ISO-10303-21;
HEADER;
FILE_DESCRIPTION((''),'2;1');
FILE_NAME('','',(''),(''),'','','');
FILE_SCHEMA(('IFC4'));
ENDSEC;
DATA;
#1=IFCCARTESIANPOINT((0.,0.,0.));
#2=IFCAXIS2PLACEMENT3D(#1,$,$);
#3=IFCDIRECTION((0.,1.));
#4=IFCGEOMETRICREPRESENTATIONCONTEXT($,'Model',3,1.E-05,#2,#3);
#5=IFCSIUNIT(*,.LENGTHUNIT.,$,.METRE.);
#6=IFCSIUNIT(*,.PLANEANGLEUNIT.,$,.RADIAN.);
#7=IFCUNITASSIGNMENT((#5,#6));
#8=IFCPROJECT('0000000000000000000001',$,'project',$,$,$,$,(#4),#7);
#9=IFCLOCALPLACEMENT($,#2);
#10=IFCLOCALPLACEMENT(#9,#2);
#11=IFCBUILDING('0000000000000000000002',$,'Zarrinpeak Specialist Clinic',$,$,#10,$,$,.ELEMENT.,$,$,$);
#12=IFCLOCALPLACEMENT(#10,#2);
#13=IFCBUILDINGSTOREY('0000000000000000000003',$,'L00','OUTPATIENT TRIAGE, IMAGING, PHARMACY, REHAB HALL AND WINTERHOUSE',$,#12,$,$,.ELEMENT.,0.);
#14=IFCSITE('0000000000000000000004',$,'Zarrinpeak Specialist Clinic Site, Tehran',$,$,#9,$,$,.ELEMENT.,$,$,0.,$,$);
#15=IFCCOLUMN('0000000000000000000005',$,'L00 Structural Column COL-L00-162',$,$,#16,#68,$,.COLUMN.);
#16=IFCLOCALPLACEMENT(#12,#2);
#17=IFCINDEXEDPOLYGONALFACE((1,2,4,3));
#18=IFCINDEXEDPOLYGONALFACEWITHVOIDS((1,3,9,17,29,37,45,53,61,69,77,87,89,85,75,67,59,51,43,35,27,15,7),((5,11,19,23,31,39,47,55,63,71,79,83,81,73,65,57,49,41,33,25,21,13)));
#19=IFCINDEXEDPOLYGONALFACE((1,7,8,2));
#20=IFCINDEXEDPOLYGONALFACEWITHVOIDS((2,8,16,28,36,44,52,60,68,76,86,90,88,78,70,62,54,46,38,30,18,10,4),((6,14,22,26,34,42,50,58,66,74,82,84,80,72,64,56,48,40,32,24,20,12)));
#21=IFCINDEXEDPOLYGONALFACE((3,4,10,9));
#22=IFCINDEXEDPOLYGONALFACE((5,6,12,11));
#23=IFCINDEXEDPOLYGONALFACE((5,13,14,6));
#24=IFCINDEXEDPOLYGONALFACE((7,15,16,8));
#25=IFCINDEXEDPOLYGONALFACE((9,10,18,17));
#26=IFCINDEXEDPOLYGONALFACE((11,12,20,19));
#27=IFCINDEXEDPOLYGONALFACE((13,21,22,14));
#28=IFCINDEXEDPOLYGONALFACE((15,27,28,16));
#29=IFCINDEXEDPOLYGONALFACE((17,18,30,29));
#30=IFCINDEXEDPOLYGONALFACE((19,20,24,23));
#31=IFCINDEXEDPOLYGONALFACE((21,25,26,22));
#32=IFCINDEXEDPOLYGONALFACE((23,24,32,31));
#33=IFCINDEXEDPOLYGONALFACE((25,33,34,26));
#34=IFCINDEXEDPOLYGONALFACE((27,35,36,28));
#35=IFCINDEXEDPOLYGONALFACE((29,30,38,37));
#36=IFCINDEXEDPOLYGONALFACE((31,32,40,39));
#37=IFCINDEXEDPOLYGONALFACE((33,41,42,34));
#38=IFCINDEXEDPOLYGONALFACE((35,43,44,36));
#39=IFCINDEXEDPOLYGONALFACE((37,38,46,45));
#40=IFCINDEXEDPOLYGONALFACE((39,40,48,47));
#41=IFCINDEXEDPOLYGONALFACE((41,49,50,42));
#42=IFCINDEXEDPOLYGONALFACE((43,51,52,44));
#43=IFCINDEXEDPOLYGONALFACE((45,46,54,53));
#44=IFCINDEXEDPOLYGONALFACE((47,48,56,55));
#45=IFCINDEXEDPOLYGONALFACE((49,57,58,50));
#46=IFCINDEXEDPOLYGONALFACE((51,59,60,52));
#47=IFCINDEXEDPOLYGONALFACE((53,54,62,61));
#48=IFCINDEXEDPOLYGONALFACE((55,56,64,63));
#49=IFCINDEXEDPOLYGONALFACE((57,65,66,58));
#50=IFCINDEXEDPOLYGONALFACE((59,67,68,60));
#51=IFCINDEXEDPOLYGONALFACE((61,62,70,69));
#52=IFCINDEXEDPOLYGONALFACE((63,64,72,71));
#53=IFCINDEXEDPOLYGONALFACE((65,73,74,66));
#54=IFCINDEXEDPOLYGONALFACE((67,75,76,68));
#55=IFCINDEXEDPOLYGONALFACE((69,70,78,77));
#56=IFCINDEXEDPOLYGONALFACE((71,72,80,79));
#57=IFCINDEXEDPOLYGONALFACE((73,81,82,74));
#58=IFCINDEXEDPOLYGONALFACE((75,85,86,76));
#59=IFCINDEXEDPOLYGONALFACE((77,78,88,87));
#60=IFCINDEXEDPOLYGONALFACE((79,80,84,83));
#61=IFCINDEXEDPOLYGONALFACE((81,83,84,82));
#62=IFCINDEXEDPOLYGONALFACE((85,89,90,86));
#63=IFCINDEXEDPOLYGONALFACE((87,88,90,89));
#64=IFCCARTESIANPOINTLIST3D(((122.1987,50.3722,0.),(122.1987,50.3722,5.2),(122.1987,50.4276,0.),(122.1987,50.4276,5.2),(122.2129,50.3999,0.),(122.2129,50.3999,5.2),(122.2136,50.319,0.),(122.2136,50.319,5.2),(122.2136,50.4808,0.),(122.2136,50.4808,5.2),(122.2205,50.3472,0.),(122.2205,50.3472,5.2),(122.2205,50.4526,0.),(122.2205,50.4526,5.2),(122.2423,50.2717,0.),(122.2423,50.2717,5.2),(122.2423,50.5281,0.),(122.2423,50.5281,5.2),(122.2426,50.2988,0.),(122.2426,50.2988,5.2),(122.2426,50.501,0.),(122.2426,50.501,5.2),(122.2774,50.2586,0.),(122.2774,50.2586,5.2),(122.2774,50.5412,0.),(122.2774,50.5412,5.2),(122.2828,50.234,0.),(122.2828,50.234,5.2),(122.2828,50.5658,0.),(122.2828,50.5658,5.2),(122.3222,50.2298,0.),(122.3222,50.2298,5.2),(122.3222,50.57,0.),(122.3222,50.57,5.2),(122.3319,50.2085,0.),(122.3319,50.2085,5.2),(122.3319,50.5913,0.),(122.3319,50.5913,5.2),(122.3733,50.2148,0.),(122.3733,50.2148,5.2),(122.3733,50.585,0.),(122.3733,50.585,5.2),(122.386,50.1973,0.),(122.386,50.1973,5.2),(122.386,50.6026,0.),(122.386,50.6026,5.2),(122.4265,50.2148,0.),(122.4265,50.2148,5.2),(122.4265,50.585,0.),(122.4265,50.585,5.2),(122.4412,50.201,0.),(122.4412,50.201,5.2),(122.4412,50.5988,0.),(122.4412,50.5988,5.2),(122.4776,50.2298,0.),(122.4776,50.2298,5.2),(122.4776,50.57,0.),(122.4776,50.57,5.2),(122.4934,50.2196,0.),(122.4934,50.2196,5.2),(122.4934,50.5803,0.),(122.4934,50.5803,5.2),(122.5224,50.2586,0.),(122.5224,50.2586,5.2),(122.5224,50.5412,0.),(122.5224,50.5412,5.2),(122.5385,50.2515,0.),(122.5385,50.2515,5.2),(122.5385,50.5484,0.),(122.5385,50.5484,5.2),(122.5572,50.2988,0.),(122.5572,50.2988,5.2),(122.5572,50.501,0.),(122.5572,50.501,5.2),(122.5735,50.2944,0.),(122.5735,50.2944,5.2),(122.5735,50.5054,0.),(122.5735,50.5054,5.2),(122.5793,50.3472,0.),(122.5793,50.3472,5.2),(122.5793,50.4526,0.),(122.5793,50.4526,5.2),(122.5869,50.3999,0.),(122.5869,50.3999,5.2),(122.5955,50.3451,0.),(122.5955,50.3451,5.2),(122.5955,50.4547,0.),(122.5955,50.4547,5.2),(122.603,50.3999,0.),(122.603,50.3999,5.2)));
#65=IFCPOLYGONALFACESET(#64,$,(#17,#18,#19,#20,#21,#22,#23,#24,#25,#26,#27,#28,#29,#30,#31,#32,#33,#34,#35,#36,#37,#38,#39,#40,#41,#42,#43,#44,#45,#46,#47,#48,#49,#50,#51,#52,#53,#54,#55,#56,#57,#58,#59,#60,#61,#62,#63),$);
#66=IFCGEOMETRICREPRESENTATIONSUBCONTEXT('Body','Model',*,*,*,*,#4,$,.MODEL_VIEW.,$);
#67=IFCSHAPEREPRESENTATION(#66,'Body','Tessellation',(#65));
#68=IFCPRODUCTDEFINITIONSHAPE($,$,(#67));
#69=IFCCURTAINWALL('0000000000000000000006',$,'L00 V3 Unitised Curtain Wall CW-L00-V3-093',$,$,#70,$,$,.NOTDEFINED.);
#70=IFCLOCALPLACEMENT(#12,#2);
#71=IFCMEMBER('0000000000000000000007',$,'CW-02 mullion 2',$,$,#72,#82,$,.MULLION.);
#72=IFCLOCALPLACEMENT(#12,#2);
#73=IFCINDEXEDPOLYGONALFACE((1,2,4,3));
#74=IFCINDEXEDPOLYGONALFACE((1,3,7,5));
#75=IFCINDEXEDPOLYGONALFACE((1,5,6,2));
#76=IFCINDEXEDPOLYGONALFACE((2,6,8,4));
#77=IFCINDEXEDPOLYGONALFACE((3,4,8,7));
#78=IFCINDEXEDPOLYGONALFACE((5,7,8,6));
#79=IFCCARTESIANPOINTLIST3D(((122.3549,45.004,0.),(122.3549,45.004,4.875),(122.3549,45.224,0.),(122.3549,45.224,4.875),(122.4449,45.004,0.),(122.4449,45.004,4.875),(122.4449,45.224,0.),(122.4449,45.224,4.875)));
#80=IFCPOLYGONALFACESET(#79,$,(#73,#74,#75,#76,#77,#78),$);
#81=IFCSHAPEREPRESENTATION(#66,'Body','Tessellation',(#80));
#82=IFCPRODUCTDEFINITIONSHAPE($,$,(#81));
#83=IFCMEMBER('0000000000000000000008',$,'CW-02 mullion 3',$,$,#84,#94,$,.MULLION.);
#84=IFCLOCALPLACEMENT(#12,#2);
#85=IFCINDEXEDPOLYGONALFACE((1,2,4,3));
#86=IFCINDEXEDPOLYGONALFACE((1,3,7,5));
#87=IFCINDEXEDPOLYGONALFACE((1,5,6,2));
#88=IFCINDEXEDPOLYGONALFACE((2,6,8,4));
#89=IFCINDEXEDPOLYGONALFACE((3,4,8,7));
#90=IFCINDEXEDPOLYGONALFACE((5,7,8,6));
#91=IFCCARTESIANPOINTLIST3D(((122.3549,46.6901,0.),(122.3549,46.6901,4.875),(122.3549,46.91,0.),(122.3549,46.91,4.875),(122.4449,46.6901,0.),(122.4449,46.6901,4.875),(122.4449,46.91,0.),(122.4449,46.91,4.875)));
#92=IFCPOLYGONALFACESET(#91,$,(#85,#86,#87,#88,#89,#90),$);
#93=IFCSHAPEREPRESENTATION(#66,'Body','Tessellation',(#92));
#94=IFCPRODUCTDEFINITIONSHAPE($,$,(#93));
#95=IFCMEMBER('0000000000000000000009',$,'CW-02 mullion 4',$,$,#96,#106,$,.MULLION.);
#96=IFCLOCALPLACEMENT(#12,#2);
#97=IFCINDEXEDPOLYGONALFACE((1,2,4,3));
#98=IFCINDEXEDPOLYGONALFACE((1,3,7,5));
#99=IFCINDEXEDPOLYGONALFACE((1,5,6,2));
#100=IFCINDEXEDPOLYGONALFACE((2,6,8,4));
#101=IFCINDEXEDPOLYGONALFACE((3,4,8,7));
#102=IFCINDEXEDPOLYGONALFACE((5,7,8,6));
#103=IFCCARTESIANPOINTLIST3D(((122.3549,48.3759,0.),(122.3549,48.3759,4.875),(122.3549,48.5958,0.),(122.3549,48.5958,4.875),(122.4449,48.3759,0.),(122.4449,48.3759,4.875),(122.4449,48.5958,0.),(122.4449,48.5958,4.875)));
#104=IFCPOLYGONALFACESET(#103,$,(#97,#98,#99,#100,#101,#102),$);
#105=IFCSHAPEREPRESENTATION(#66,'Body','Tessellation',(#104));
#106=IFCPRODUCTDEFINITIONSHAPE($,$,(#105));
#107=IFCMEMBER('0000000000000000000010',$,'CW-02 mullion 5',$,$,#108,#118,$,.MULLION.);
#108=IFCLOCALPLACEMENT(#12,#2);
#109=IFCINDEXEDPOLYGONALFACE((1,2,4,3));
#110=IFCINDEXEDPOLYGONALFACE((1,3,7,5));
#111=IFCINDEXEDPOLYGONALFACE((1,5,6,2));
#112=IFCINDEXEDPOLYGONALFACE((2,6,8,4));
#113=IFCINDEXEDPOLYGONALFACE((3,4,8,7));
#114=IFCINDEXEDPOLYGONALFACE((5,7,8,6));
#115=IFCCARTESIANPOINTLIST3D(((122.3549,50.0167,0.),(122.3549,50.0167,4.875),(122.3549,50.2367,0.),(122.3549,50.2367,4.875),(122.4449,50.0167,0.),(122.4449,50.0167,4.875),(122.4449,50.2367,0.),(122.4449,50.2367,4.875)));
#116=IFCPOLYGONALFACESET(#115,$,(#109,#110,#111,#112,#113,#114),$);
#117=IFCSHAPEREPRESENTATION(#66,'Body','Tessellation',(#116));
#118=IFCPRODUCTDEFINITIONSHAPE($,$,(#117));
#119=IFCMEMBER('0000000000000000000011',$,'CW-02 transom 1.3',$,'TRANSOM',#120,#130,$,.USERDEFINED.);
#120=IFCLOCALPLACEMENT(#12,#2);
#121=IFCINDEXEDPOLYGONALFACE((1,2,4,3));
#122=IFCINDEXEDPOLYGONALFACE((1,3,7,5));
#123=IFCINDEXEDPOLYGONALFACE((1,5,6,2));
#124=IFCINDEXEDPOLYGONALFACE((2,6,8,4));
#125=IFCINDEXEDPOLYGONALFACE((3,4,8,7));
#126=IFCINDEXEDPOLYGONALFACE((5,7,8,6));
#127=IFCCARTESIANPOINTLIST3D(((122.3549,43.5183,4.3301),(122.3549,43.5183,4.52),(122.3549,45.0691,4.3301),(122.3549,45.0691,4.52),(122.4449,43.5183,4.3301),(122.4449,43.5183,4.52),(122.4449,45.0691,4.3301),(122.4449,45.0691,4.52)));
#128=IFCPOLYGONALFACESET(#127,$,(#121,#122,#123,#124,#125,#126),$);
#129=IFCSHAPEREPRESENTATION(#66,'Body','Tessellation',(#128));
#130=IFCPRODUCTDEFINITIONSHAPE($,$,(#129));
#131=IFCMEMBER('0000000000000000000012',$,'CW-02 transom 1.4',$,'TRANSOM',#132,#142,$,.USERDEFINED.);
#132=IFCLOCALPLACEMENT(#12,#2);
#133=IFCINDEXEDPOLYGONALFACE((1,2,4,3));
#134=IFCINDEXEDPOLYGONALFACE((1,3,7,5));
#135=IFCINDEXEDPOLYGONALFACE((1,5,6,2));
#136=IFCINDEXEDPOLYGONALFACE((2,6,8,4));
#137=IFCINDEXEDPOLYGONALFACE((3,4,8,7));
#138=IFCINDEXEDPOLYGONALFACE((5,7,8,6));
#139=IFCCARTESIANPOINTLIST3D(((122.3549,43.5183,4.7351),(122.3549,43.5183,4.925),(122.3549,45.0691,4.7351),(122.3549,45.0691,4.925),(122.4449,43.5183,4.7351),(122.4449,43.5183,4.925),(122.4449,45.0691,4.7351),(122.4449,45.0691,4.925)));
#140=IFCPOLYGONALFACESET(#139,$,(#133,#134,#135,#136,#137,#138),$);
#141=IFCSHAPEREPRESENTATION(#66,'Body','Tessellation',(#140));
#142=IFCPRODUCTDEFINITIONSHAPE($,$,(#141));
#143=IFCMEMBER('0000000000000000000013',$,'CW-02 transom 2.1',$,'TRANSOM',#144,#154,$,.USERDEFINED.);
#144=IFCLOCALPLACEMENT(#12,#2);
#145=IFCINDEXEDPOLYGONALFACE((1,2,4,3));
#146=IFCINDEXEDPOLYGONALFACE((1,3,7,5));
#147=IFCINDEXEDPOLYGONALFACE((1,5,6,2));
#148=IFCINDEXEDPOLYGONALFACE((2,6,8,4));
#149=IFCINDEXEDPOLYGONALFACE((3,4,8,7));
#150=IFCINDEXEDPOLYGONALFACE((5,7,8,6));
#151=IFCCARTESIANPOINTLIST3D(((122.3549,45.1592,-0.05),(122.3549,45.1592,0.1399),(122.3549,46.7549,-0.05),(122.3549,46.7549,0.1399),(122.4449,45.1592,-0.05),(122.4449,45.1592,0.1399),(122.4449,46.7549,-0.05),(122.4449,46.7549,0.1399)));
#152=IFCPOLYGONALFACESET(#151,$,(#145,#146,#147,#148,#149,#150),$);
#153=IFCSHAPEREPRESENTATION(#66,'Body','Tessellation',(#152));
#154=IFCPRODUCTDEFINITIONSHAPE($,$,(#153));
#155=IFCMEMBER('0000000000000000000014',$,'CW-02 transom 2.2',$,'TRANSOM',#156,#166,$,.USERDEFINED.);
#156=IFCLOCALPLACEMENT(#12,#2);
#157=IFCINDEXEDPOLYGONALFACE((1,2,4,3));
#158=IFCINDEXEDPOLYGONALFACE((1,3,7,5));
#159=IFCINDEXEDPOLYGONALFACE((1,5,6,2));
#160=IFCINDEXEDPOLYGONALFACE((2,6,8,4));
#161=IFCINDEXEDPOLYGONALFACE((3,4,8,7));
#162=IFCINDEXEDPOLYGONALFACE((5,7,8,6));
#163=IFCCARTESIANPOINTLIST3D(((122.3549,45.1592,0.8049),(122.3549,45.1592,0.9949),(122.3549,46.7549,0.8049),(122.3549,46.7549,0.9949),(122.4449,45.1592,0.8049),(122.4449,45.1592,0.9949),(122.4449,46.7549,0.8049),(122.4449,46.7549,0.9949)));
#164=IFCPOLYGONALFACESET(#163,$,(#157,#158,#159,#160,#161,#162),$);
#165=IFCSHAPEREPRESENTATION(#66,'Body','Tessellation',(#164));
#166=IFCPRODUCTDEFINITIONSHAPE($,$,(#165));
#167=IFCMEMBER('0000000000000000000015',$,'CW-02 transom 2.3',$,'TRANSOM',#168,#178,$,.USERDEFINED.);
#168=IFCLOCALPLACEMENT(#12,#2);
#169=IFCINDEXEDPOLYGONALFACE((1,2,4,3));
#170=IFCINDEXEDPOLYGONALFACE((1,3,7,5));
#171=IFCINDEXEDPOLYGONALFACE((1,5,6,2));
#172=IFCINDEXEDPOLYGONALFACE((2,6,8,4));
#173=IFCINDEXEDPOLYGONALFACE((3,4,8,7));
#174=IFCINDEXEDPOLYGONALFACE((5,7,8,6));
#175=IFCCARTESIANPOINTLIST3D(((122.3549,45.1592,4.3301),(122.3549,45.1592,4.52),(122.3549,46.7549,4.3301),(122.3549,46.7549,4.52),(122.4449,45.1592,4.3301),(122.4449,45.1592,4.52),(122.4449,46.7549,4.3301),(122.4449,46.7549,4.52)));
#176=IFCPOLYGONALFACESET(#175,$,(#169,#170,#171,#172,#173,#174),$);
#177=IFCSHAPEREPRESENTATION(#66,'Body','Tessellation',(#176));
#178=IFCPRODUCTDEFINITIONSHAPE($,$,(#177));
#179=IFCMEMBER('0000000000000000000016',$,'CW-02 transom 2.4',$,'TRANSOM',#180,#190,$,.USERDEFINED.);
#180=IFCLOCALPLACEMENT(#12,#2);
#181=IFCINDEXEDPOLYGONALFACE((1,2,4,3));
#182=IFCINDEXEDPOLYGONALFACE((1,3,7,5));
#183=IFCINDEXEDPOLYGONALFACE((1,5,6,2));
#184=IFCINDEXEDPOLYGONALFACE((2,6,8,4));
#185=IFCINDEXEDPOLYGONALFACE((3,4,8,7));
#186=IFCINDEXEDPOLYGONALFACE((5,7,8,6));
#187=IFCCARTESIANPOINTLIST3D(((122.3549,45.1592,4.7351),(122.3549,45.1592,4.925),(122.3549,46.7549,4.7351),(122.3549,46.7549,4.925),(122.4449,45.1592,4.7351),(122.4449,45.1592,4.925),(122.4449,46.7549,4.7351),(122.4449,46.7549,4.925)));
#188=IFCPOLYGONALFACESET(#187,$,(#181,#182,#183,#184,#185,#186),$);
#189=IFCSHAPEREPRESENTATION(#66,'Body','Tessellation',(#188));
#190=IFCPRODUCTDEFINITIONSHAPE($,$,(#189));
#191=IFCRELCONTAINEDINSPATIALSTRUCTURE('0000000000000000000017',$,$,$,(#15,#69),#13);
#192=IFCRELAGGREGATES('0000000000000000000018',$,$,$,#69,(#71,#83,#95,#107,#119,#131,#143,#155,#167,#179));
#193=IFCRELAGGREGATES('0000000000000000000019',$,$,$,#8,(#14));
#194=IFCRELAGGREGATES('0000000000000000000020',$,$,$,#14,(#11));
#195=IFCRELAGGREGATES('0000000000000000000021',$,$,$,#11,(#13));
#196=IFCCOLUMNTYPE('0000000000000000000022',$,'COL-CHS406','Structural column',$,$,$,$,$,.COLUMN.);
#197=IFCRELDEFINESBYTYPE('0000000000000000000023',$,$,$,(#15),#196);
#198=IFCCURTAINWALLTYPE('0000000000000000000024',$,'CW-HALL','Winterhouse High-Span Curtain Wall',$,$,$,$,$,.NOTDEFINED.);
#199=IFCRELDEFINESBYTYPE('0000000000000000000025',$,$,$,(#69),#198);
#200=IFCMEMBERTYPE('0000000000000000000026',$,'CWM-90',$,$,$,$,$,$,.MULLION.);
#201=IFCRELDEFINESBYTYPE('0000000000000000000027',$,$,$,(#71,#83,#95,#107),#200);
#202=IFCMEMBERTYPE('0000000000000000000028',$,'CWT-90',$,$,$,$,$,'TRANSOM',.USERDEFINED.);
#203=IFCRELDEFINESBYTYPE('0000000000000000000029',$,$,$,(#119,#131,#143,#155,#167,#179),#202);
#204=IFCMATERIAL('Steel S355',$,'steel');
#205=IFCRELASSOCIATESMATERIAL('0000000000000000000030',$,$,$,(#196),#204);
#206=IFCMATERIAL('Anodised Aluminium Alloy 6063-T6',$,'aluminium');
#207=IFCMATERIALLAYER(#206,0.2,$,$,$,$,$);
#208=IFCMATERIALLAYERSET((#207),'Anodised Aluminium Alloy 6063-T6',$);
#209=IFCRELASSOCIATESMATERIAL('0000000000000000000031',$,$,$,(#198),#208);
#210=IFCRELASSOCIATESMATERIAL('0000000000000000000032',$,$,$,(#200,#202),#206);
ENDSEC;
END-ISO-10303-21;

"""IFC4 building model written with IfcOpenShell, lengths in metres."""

from ifc_helpers import new_model, si_unit, direction, frame, origin, origin_2d, place, context, subcontext, project, spatial, rectangle, hollow_circle, extrude, material, layer, layer_set, material_profile, profile_set, type_object, element, aggregate, save


model = new_model("IFC4")

# Units and contexts
model_context = context("Model", 3, precision=1e-05, world=origin(), true_north=direction((0.0, 1.0)))
body_context = subcontext(model_context, "Body", "Model", "MODEL_VIEW")
ifc_project = project(units=[si_unit("LENGTHUNIT", "METRE"), si_unit("PLANEANGLEUNIT", "RADIAN")], contexts=[model_context])

# Site, building, storey
site_placement = place(None, origin())
site = spatial("IfcSite", under=ifc_project, at=site_placement, Name="Zarrinpeak Specialist Clinic Site, Tehran", CompositionType="ELEMENT", RefElevation=0.0)
building_placement = place(site_placement, origin())
building = spatial("IfcBuilding", under=site, at=building_placement, Name="Zarrinpeak Specialist Clinic", CompositionType="ELEMENT")
storey_placement = place(building_placement, origin())
storey = spatial("IfcBuildingStorey", under=building, at=storey_placement, Name="L00", Description="OUTPATIENT TRIAGE, IMAGING, PHARMACY, REHAB HALL AND WINTERHOUSE", CompositionType="ELEMENT", Elevation=0.0)

# Column
ifc_material_1 = material(Name="Steel S355", Category="steel")
ifc_material_profile_1 = material_profile(ifc_material_1, hollow_circle(Radius=0.2031, WallThickness=0.0161, at=origin_2d()), Name="CHS 406.4x16.0")
ifc_profile_set_1 = profile_set([ifc_material_profile_1], Name="Steel S355")
column_type = type_object("IfcColumnType", Name="COL-CHS406", Description="Structural column", PredefinedType="COLUMN", material=ifc_profile_set_1)
column_placement = place(storey_placement, frame((122.3999, 50.3999, 0.0), z_axis=(0.0, 0.0, 1.0), x_axis=(1.0, 0.0, 0.0)))
element("IfcColumn", 1, at=column_placement, inside=storey, type_object=column_type, Name="L00 Structural Column COL-L00-162", PredefinedType="COLUMN", context=body_context, shape_type="SweptSolid", body=[
    extrude(hollow_circle(Radius=0.2031, WallThickness=0.0161, at=origin_2d()), origin(), (0.0, 0.0, 1.0), 5.2),
])

# Curtain wall, members
ifc_material_2 = material(Name="Anodised Aluminium Alloy 6063-T6", Category="aluminium")
ifc_layer_1 = layer(ifc_material_2, 0.2)
ifc_layer_set_1 = layer_set([ifc_layer_1], Name="Anodised Aluminium Alloy 6063-T6")
curtain_wall_type = type_object("IfcCurtainWallType", Name="CW-HALL", Description="Winterhouse High-Span Curtain Wall", PredefinedType="NOTDEFINED", material=ifc_layer_set_1)
curtain_wall_placement = place(storey_placement, origin())
curtain_wall = element("IfcCurtainWall", 2, at=curtain_wall_placement, inside=storey, type_object=curtain_wall_type, Name="L00 V3 Unitised Curtain Wall CW-L00-V3-093", PredefinedType="NOTDEFINED")
ifc_material_profile_2 = material_profile(ifc_material_2, rectangle(XDim=0.0901, YDim=0.22, at=origin_2d()), Name="ALU 90x220")
ifc_profile_set_2 = profile_set([ifc_material_profile_2], Name="Anodised Aluminium Alloy 6063-T6")
member_type_1 = type_object("IfcMemberType", Name="CWM-90", PredefinedType="MULLION", material=ifc_profile_set_2)
member_1_placement = place(storey_placement, frame((122.3999, 45.114, 0.0), z_axis=(0.0, 0.0, 1.0), x_axis=(-1.0, 0.0, 0.0)))
member_1 = element("IfcMember", 3, at=member_1_placement, type_object=member_type_1, Name="CW-02 mullion 2", PredefinedType="MULLION", context=body_context, shape_type="SweptSolid", body=[
    extrude(rectangle(XDim=0.0901, YDim=0.22, at=origin_2d()), origin(), (0.0, 0.0, 1.0), 4.875),
])
member_2_placement = place(storey_placement, frame((122.3999, 46.8, 0.0), z_axis=(0.0, 0.0, 1.0), x_axis=(-1.0, 0.0, 0.0)))
member_2 = element("IfcMember", 4, at=member_2_placement, type_object=member_type_1, Name="CW-02 mullion 3", PredefinedType="MULLION", context=body_context, shape_type="SweptSolid", body=[
    extrude(rectangle(XDim=0.0901, YDim=0.22, at=origin_2d()), origin(), (0.0, 0.0, 1.0), 4.875),
])
member_3_placement = place(storey_placement, frame((122.3999, 48.4858, 0.0), z_axis=(0.0, 0.0, 1.0), x_axis=(-1.0, 0.0, 0.0)))
member_3 = element("IfcMember", 5, at=member_3_placement, type_object=member_type_1, Name="CW-02 mullion 4", PredefinedType="MULLION", context=body_context, shape_type="SweptSolid", body=[
    extrude(rectangle(XDim=0.0901, YDim=0.22, at=origin_2d()), origin(), (0.0, 0.0, 1.0), 4.875),
])
member_4_placement = place(storey_placement, frame((122.3999, 50.1267, 0.0), z_axis=(0.0, 0.0, 1.0), x_axis=(-1.0, 0.0, 0.0)))
member_4 = element("IfcMember", 6, at=member_4_placement, type_object=member_type_1, Name="CW-02 mullion 5", PredefinedType="MULLION", context=body_context, shape_type="SweptSolid", body=[
    extrude(rectangle(XDim=0.0901, YDim=0.22, at=origin_2d()), origin(), (0.0, 0.0, 1.0), 4.875),
])
ifc_material_profile_3 = material_profile(ifc_material_2, rectangle(XDim=0.0901, YDim=0.1899, at=origin_2d()), Name="ALU 90x190")
ifc_profile_set_3 = profile_set([ifc_material_profile_3], Name="Anodised Aluminium Alloy 6063-T6")
member_type_2 = type_object("IfcMemberType", Name="CWT-90", ElementType="TRANSOM", PredefinedType="USERDEFINED", material=ifc_profile_set_3)
member_5_placement = place(storey_placement, frame((122.3999, 43.5183, 4.425), z_axis=(0.0, 1.0, 0.0), x_axis=(-1.0, 0.0, 0.0)))
member_5 = element("IfcMember", 7, at=member_5_placement, type_object=member_type_2, Name="CW-02 transom 1.3", ObjectType="TRANSOM", PredefinedType="USERDEFINED", context=body_context, shape_type="SweptSolid", body=[
    extrude(rectangle(XDim=0.0901, YDim=0.1899, at=origin_2d()), origin(), (0.0, 0.0, 1.0), 1.5508),
])
member_6_placement = place(storey_placement, frame((122.3999, 43.5183, 4.8301), z_axis=(0.0, 1.0, 0.0), x_axis=(-1.0, 0.0, 0.0)))
member_6 = element("IfcMember", 8, at=member_6_placement, type_object=member_type_2, Name="CW-02 transom 1.4", ObjectType="TRANSOM", PredefinedType="USERDEFINED", context=body_context, shape_type="SweptSolid", body=[
    extrude(rectangle(XDim=0.0901, YDim=0.1899, at=origin_2d()), origin(), (0.0, 0.0, 1.0), 1.5508),
])
member_7_placement = place(storey_placement, frame((122.3999, 45.1592, 0.0449), z_axis=(0.0, 1.0, 0.0), x_axis=(-1.0, 0.0, 0.0)))
member_7 = element("IfcMember", 9, at=member_7_placement, type_object=member_type_2, Name="CW-02 transom 2.1", ObjectType="TRANSOM", PredefinedType="USERDEFINED", context=body_context, shape_type="SweptSolid", body=[
    extrude(rectangle(XDim=0.0901, YDim=0.1899, at=origin_2d()), origin(), (0.0, 0.0, 1.0), 1.5957),
])
member_8_placement = place(storey_placement, frame((122.3999, 45.1592, 0.8999), z_axis=(0.0, 1.0, 0.0), x_axis=(-1.0, 0.0, 0.0)))
member_8 = element("IfcMember", 10, at=member_8_placement, type_object=member_type_2, Name="CW-02 transom 2.2", ObjectType="TRANSOM", PredefinedType="USERDEFINED", context=body_context, shape_type="SweptSolid", body=[
    extrude(rectangle(XDim=0.0901, YDim=0.1899, at=origin_2d()), origin(), (0.0, 0.0, 1.0), 1.5957),
])
member_9_placement = place(storey_placement, frame((122.3999, 45.1592, 4.425), z_axis=(0.0, 1.0, 0.0), x_axis=(-1.0, 0.0, 0.0)))
member_9 = element("IfcMember", 11, at=member_9_placement, type_object=member_type_2, Name="CW-02 transom 2.3", ObjectType="TRANSOM", PredefinedType="USERDEFINED", context=body_context, shape_type="SweptSolid", body=[
    extrude(rectangle(XDim=0.0901, YDim=0.1899, at=origin_2d()), origin(), (0.0, 0.0, 1.0), 1.5957),
])
member_10_placement = place(storey_placement, frame((122.3999, 45.1592, 4.8301), z_axis=(0.0, 1.0, 0.0), x_axis=(-1.0, 0.0, 0.0)))
member_10 = element("IfcMember", 12, at=member_10_placement, type_object=member_type_2, Name="CW-02 transom 2.4", ObjectType="TRANSOM", PredefinedType="USERDEFINED", context=body_context, shape_type="SweptSolid", body=[
    extrude(rectangle(XDim=0.0901, YDim=0.1899, at=origin_2d()), origin(), (0.0, 0.0, 1.0), 1.5957),
])
aggregate(curtain_wall, [member_1, member_2, member_3, member_4, member_5, member_6, member_7, member_8, member_9, member_10])

save(model, "model.ifc")
